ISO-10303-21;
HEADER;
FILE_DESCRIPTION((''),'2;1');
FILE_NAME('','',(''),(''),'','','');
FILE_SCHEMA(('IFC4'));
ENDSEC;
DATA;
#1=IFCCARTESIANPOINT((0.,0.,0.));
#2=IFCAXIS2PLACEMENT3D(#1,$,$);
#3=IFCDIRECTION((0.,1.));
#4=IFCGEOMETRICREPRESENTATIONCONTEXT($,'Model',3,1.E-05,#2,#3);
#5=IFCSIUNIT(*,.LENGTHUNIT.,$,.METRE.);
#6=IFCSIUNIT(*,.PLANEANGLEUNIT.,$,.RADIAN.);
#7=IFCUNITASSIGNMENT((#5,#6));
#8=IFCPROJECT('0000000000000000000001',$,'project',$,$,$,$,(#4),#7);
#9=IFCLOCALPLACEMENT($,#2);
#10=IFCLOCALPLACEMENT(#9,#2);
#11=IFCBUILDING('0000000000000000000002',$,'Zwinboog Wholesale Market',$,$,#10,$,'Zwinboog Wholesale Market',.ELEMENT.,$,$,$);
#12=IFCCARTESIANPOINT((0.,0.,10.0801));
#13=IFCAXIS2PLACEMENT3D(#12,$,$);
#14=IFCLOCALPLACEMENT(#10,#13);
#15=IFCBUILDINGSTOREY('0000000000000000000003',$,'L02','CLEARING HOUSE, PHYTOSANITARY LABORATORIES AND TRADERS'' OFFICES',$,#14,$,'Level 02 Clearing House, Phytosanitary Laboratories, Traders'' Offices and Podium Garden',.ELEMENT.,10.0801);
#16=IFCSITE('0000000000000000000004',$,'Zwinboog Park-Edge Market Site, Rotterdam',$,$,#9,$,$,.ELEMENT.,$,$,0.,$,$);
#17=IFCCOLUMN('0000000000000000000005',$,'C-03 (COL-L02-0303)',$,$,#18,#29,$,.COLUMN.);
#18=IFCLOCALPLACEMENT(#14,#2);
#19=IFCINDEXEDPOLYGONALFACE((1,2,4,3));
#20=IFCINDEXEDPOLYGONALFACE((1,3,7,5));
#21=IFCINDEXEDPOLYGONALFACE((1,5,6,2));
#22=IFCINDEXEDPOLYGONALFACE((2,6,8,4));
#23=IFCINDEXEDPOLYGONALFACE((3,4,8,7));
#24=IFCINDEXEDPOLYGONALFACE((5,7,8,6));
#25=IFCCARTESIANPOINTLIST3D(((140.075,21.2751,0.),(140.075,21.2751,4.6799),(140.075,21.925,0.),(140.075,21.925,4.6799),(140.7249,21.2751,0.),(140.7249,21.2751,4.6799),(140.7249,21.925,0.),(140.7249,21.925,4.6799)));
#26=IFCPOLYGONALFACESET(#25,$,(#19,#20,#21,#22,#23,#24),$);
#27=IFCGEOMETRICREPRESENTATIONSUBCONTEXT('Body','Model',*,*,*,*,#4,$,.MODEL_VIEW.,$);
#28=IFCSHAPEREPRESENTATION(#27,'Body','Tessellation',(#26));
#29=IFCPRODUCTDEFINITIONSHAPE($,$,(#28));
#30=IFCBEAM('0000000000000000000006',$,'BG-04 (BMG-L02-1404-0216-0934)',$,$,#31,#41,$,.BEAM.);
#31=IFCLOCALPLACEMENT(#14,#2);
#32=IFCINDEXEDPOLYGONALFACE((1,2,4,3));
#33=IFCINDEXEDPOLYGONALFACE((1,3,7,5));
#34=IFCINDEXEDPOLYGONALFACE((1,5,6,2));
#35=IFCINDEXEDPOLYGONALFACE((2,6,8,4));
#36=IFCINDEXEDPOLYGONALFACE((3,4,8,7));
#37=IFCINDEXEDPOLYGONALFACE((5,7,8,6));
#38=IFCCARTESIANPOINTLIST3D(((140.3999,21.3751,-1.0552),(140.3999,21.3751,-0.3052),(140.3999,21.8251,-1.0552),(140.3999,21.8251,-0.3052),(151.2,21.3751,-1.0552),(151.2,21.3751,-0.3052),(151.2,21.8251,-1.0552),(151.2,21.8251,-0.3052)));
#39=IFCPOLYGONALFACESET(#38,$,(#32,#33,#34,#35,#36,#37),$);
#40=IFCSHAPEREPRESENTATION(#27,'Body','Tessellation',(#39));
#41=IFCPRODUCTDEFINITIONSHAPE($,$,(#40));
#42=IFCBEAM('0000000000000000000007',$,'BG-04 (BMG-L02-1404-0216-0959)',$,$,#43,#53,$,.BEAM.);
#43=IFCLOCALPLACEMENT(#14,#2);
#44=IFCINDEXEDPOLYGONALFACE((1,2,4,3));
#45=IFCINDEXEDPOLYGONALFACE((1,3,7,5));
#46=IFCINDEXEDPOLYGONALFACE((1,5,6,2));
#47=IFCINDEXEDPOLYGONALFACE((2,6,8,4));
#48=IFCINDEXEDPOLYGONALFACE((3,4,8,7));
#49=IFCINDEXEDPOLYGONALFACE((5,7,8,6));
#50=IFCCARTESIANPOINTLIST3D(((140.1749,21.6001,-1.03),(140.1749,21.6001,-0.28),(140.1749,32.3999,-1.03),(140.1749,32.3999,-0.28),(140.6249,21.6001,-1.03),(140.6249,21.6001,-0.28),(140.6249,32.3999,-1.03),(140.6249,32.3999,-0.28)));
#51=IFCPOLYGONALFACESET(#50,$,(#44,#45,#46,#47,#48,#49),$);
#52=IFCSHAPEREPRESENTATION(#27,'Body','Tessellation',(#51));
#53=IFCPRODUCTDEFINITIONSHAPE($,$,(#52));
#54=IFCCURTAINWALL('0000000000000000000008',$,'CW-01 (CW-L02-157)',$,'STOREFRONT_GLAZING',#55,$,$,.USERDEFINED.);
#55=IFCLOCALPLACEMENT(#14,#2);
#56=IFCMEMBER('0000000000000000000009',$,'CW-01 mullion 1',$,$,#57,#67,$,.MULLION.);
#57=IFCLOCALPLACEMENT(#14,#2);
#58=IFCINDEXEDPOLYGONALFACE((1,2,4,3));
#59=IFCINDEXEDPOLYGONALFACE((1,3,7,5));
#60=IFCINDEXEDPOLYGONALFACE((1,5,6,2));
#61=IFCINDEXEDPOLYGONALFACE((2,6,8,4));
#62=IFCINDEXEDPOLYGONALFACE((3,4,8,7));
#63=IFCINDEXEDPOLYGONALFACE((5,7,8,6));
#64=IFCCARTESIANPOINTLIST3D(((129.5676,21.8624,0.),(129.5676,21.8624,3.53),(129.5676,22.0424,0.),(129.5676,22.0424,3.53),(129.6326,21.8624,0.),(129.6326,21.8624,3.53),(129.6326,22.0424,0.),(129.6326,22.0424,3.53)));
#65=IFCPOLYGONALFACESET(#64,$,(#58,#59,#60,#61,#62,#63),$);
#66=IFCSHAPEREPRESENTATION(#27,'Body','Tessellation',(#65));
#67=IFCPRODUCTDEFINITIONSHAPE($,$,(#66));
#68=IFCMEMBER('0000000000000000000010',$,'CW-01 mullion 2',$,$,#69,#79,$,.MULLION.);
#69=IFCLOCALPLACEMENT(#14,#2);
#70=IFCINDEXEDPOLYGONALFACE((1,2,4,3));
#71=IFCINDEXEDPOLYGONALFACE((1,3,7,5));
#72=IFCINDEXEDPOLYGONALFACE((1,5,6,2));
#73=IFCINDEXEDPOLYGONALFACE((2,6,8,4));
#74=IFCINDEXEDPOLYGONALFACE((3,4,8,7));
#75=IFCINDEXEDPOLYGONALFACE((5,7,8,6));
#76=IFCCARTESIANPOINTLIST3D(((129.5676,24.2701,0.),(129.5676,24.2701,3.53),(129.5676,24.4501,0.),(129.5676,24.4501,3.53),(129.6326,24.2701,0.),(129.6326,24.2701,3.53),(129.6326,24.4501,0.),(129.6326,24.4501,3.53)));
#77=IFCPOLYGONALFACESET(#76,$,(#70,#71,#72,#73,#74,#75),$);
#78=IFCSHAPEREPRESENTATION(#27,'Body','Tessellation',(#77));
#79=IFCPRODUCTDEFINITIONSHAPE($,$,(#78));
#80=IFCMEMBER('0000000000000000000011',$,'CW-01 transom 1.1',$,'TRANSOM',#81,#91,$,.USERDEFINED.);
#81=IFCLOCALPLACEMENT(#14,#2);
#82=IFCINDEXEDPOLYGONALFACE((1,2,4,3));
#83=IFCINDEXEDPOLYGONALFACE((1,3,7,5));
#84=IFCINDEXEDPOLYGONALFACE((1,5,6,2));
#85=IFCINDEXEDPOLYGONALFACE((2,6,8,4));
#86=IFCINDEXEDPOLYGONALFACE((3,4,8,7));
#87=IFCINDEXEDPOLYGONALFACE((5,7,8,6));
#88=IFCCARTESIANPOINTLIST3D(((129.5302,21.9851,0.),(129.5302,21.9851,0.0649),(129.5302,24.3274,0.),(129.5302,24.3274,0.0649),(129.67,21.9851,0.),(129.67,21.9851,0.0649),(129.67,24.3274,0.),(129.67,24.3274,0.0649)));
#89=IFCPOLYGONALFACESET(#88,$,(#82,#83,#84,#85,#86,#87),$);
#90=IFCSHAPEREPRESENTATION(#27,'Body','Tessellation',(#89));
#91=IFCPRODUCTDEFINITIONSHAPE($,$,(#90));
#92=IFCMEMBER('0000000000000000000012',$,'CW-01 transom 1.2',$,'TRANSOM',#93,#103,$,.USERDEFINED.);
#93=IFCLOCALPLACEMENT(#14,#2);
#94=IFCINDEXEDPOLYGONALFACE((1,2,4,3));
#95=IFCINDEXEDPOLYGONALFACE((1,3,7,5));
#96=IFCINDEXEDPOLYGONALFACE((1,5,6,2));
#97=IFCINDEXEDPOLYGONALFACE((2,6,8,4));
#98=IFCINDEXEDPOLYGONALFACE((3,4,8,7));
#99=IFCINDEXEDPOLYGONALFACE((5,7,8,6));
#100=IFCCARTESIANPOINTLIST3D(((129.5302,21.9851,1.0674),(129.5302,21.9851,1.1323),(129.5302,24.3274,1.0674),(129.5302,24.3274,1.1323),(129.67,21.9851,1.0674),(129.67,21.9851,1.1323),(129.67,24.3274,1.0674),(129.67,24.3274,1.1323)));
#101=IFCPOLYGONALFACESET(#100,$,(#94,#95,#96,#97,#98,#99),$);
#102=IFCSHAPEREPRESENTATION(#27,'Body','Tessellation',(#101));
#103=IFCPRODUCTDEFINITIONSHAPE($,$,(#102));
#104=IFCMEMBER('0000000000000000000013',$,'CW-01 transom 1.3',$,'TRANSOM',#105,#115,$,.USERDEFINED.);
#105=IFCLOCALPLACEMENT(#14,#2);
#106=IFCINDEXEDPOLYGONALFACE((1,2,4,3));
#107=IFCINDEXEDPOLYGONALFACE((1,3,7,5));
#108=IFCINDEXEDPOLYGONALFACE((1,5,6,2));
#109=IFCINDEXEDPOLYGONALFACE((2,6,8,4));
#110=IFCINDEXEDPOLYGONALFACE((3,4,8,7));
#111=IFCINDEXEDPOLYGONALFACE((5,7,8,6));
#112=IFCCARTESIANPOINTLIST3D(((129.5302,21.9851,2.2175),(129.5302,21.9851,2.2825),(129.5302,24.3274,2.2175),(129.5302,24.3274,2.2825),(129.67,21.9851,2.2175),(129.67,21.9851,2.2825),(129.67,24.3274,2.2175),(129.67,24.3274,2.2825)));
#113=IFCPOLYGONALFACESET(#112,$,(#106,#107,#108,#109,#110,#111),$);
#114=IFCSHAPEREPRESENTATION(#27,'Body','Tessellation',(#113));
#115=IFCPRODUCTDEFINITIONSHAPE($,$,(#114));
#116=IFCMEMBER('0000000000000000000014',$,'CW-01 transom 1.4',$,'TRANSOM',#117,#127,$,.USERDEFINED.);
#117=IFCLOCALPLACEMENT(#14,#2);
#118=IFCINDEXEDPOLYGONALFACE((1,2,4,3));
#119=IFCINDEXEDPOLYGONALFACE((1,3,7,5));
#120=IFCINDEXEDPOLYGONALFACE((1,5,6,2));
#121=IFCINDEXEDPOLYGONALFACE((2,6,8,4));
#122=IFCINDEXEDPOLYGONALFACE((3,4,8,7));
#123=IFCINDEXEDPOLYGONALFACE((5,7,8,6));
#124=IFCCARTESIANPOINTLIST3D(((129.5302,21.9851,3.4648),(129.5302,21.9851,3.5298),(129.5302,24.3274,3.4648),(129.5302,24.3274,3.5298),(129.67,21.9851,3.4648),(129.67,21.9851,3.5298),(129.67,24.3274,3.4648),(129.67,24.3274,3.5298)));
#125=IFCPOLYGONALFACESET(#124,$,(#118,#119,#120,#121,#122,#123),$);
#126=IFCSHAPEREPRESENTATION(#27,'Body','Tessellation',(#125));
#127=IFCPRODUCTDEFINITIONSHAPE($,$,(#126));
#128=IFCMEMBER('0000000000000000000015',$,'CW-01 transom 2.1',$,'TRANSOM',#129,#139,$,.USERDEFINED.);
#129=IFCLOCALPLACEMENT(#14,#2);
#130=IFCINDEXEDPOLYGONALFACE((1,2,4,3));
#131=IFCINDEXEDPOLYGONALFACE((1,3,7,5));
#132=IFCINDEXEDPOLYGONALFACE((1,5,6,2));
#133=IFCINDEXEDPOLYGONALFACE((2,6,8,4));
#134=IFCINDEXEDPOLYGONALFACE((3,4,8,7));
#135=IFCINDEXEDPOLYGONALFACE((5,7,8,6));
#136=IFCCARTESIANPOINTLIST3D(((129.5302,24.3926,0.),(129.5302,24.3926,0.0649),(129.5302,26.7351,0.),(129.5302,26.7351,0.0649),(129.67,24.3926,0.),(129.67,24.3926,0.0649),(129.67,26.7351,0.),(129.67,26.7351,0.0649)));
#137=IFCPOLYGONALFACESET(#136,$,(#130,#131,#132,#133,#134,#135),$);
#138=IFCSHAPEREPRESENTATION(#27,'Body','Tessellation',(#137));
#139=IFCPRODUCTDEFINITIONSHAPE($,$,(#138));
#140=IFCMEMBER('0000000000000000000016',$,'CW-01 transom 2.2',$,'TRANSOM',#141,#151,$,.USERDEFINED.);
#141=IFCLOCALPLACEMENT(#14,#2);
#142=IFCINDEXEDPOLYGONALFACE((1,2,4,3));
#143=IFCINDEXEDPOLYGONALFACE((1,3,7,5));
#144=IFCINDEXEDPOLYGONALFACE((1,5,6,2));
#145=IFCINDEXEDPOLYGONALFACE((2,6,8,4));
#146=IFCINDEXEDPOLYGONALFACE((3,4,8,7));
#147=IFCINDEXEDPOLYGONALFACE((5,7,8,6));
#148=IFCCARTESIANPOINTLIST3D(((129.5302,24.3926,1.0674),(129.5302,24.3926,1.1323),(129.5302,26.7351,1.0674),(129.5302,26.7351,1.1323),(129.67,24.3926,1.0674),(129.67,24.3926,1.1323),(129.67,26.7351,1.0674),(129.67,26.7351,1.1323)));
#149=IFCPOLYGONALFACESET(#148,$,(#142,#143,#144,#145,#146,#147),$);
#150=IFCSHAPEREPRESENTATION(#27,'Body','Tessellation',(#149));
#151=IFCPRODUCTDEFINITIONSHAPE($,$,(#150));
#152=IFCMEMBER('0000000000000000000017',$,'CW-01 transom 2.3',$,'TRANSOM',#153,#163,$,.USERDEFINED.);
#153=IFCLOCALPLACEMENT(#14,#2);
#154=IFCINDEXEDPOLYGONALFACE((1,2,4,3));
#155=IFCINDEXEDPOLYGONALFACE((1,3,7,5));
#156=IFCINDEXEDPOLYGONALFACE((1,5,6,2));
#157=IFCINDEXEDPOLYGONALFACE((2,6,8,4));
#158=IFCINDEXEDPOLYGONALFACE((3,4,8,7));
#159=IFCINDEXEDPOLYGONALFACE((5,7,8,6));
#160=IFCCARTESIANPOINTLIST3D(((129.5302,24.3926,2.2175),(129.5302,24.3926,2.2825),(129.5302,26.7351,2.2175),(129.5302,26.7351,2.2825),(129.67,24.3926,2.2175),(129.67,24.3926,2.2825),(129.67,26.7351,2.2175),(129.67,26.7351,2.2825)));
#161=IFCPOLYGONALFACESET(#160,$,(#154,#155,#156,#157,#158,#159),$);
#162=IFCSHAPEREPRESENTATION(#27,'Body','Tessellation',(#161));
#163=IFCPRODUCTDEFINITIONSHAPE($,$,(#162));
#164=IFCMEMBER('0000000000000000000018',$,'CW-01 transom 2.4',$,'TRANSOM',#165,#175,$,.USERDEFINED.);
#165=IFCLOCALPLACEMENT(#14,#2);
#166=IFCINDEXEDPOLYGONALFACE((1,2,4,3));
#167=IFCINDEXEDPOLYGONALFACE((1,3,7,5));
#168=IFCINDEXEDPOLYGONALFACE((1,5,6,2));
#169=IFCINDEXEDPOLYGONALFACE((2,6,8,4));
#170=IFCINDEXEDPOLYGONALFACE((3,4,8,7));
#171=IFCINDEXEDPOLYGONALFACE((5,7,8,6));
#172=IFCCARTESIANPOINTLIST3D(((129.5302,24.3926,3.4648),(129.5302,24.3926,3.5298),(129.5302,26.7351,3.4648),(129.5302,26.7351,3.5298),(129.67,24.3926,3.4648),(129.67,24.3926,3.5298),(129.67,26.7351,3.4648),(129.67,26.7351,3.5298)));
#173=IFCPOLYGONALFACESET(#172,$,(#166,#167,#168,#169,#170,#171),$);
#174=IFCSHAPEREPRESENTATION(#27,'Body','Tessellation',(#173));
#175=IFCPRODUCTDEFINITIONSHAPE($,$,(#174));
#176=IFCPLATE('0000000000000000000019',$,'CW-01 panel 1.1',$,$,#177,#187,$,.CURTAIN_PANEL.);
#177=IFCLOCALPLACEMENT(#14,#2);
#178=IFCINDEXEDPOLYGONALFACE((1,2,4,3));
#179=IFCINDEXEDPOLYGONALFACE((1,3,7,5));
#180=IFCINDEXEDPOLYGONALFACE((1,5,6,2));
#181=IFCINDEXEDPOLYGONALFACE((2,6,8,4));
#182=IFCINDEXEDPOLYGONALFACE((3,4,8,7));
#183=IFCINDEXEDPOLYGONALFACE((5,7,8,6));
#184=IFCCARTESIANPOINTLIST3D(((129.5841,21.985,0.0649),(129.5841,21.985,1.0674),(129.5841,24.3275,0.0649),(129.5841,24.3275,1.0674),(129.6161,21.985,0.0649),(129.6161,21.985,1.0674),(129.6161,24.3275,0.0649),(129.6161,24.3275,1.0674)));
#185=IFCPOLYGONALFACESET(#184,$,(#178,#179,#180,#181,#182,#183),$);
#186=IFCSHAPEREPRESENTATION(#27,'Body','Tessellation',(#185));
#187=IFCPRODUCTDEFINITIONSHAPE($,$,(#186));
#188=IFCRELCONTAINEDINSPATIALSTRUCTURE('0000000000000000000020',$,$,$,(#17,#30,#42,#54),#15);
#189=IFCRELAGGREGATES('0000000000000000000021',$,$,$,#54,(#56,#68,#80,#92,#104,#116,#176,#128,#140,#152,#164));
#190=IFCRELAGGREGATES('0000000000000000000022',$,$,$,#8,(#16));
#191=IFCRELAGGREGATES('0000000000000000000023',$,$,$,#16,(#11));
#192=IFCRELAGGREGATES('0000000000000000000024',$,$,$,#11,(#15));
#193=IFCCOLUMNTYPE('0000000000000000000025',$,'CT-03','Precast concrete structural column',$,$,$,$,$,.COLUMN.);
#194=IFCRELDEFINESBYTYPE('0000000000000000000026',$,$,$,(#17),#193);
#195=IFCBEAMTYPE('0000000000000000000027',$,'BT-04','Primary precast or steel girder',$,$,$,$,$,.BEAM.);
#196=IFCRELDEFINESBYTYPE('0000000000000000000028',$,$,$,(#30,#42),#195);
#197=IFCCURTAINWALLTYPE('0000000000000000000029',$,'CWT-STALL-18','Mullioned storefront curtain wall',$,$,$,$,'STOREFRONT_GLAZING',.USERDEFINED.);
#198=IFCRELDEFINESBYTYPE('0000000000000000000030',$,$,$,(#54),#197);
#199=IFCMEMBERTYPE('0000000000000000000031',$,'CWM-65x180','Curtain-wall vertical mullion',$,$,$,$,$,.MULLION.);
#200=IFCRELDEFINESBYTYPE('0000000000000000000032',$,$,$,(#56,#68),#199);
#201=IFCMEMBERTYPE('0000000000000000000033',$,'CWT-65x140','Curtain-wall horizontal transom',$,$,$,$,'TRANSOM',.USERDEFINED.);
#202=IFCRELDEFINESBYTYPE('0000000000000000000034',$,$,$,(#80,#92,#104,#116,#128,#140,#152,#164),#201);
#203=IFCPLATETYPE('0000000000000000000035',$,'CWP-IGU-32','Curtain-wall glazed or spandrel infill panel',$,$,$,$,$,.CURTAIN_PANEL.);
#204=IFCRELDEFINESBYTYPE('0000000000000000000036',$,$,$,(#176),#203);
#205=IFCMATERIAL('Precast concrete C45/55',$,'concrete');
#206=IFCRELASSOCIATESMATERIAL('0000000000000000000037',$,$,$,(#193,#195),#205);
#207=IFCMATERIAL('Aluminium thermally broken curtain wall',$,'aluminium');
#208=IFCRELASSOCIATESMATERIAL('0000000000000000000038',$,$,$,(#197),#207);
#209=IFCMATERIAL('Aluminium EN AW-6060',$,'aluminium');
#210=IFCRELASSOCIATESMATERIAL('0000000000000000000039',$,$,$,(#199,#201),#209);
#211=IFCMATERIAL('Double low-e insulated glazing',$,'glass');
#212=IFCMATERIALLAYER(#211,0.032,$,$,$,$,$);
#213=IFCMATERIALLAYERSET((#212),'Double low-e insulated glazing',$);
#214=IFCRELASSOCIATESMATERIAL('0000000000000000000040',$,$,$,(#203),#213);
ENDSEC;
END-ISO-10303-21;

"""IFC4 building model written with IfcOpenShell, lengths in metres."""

from ifc_helpers import new_model, si_unit, direction, frame, origin, origin_2d, place, context, subcontext, project, spatial, rectangle, extrude, material, layer, layer_set, material_profile, profile_set, type_object, element, aggregate, save


model = new_model("IFC4")

# Units and contexts
model_context = context("Model", 3, precision=1e-05, world=origin(), true_north=direction((0.0, 1.0)))
body_context = subcontext(model_context, "Body", "Model", "MODEL_VIEW")
ifc_project = project(units=[si_unit("LENGTHUNIT", "METRE"), si_unit("PLANEANGLEUNIT", "RADIAN")], contexts=[model_context])

# Site, building, storey
site_placement = place(None, origin())
site = spatial("IfcSite", under=ifc_project, at=site_placement, Name="Zwinboog Park-Edge Market Site, Rotterdam", CompositionType="ELEMENT", RefElevation=0.0)
building_placement = place(site_placement, origin())
building = spatial("IfcBuilding", under=site, at=building_placement, Name="Zwinboog Wholesale Market", LongName="Zwinboog Wholesale Market", CompositionType="ELEMENT")
storey_placement = place(building_placement, frame((0.0, 0.0, 10.0801)))
storey = spatial("IfcBuildingStorey", under=building, at=storey_placement, Name="L02", Description="CLEARING HOUSE, PHYTOSANITARY LABORATORIES AND TRADERS' OFFICES", LongName="Level 02 Clearing House, Phytosanitary Laboratories, Traders' Offices and Podium Garden", CompositionType="ELEMENT", Elevation=10.0801)

# Column
ifc_material_1 = material(Name="Precast concrete C45/55", Category="concrete")
ifc_material_profile_1 = material_profile(ifc_material_1, rectangle(XDim=0.6499, YDim=0.6499, at=origin_2d()), Name="PC 650x650")
ifc_profile_set_1 = profile_set([ifc_material_profile_1], Name="Precast concrete C45/55")
column_type = type_object("IfcColumnType", Name="CT-03", Description="Precast concrete structural column", PredefinedType="COLUMN", material=ifc_profile_set_1)
column_placement = place(storey_placement, frame((140.3999, 21.6001, 0.0), z_axis=(0.0, 0.0, 1.0), x_axis=(1.0, 0.0, 0.0)))
element("IfcColumn", 1, at=column_placement, inside=storey, type_object=column_type, Name="C-03 (COL-L02-0303)", PredefinedType="COLUMN", context=body_context, shape_type="SweptSolid", body=[
    extrude(rectangle(XDim=0.6499, YDim=0.6499, at=origin_2d()), origin(), (0.0, 0.0, 1.0), 4.6799),
])

# Beams
ifc_material_profile_2 = material_profile(ifc_material_1, rectangle(XDim=0.45, YDim=0.75, at=origin_2d()), Name="PC 450x750")
ifc_profile_set_2 = profile_set([ifc_material_profile_2], Name="Precast concrete C45/55")
beam_type = type_object("IfcBeamType", Name="BT-04", Description="Primary precast or steel girder", PredefinedType="BEAM", material=ifc_profile_set_2)
beam_1_placement = place(storey_placement, frame((140.3999, 21.6001, -0.6802), z_axis=(1.0, 0.0, 0.0), x_axis=(0.0, 1.0, 0.0)))
element("IfcBeam", 2, at=beam_1_placement, inside=storey, type_object=beam_type, Name="BG-04 (BMG-L02-1404-0216-0934)", PredefinedType="BEAM", context=body_context, shape_type="SweptSolid", body=[
    extrude(rectangle(XDim=0.45, YDim=0.75, at=origin_2d()), origin(), (0.0, 0.0, 1.0), 10.8),
])
beam_2_placement = place(storey_placement, frame((140.3999, 21.6001, -0.655), z_axis=(0.0, 1.0, 0.0), x_axis=(-1.0, 0.0, 0.0)))
element("IfcBeam", 3, at=beam_2_placement, inside=storey, type_object=beam_type, Name="BG-04 (BMG-L02-1404-0216-0959)", PredefinedType="BEAM", context=body_context, shape_type="SweptSolid", body=[
    extrude(rectangle(XDim=0.45, YDim=0.75, at=origin_2d()), origin(), (0.0, 0.0, 1.0), 10.7998),
])

# Curtain wall, members, plate
ifc_material_2 = material(Name="Aluminium thermally broken curtain wall", Category="aluminium")
curtain_wall_type = type_object("IfcCurtainWallType", Name="CWT-STALL-18", Description="Mullioned storefront curtain wall", ElementType="STOREFRONT_GLAZING", PredefinedType="USERDEFINED", material=ifc_material_2)
curtain_wall_placement = place(storey_placement, origin())
curtain_wall = element("IfcCurtainWall", 4, at=curtain_wall_placement, inside=storey, type_object=curtain_wall_type, Name="CW-01 (CW-L02-157)", ObjectType="STOREFRONT_GLAZING", PredefinedType="USERDEFINED")
ifc_material_3 = material(Name="Aluminium EN AW-6060", Category="aluminium")
ifc_material_profile_3 = material_profile(ifc_material_3, rectangle(XDim=0.0649, YDim=0.1799, at=origin_2d()), Name="AL 65x180")
ifc_profile_set_3 = profile_set([ifc_material_profile_3], Name="Aluminium EN AW-6060")
member_type_1 = type_object("IfcMemberType", Name="CWM-65x180", Description="Curtain-wall vertical mullion", PredefinedType="MULLION", material=ifc_profile_set_3)
member_1_placement = place(storey_placement, frame((129.6001, 21.9524, 0.0), z_axis=(0.0, 0.0, 1.0), x_axis=(-1.0, 0.0, 0.0)))
member_1 = element("IfcMember", 5, at=member_1_placement, type_object=member_type_1, Name="CW-01 mullion 1", PredefinedType="MULLION", context=body_context, shape_type="SweptSolid", body=[
    extrude(rectangle(XDim=0.0649, YDim=0.1799, at=origin_2d()), origin(), (0.0, 0.0, 1.0), 3.53),
])
member_2_placement = place(storey_placement, frame((129.6001, 24.3601, 0.0), z_axis=(0.0, 0.0, 1.0), x_axis=(-1.0, 0.0, 0.0)))
member_2 = element("IfcMember", 6, at=member_2_placement, type_object=member_type_1, Name="CW-01 mullion 2", PredefinedType="MULLION", context=body_context, shape_type="SweptSolid", body=[
    extrude(rectangle(XDim=0.0649, YDim=0.1799, at=origin_2d()), origin(), (0.0, 0.0, 1.0), 3.53),
])
ifc_material_profile_4 = material_profile(ifc_material_3, rectangle(XDim=0.1399, YDim=0.0649, at=origin_2d()), Name="AL 65x140")
ifc_profile_set_4 = profile_set([ifc_material_profile_4], Name="Aluminium EN AW-6060")
member_type_2 = type_object("IfcMemberType", Name="CWT-65x140", Description="Curtain-wall horizontal transom", ElementType="TRANSOM", PredefinedType="USERDEFINED", material=ifc_profile_set_4)
member_3_placement = place(storey_placement, frame((129.6001, 21.9851, 0.0325), z_axis=(0.0, 1.0, 0.0), x_axis=(-1.0, 0.0, 0.0)))
member_3 = element("IfcMember", 7, at=member_3_placement, type_object=member_type_2, Name="CW-01 transom 1.1", ObjectType="TRANSOM", PredefinedType="USERDEFINED", context=body_context, shape_type="SweptSolid", body=[
    extrude(rectangle(XDim=0.1399, YDim=0.0649, at=origin_2d()), origin(), (0.0, 0.0, 1.0), 2.3423),
])
member_4_placement = place(storey_placement, frame((129.6001, 21.9851, 1.0999), z_axis=(0.0, 1.0, 0.0), x_axis=(-1.0, 0.0, 0.0)))
member_4 = element("IfcMember", 8, at=member_4_placement, type_object=member_type_2, Name="CW-01 transom 1.2", ObjectType="TRANSOM", PredefinedType="USERDEFINED", context=body_context, shape_type="SweptSolid", body=[
    extrude(rectangle(XDim=0.1399, YDim=0.0649, at=origin_2d()), origin(), (0.0, 0.0, 1.0), 2.3423),
])
member_5_placement = place(storey_placement, frame((129.6001, 21.9851, 2.25), z_axis=(0.0, 1.0, 0.0), x_axis=(-1.0, 0.0, 0.0)))
member_5 = element("IfcMember", 9, at=member_5_placement, type_object=member_type_2, Name="CW-01 transom 1.3", ObjectType="TRANSOM", PredefinedType="USERDEFINED", context=body_context, shape_type="SweptSolid", body=[
    extrude(rectangle(XDim=0.1399, YDim=0.0649, at=origin_2d()), origin(), (0.0, 0.0, 1.0), 2.3423),
])
member_6_placement = place(storey_placement, frame((129.6001, 21.9851, 3.4973), z_axis=(0.0, 1.0, 0.0), x_axis=(-1.0, 0.0, 0.0)))
member_6 = element("IfcMember", 10, at=member_6_placement, type_object=member_type_2, Name="CW-01 transom 1.4", ObjectType="TRANSOM", PredefinedType="USERDEFINED", context=body_context, shape_type="SweptSolid", body=[
    extrude(rectangle(XDim=0.1399, YDim=0.0649, at=origin_2d()), origin(), (0.0, 0.0, 1.0), 2.3423),
])
member_7_placement = place(storey_placement, frame((129.6001, 24.3926, 0.0325), z_axis=(0.0, 1.0, 0.0), x_axis=(-1.0, 0.0, 0.0)))
member_7 = element("IfcMember", 11, at=member_7_placement, type_object=member_type_2, Name="CW-01 transom 2.1", ObjectType="TRANSOM", PredefinedType="USERDEFINED", context=body_context, shape_type="SweptSolid", body=[
    extrude(rectangle(XDim=0.1399, YDim=0.0649, at=origin_2d()), origin(), (0.0, 0.0, 1.0), 2.3425),
])
member_8_placement = place(storey_placement, frame((129.6001, 24.3926, 1.0999), z_axis=(0.0, 1.0, 0.0), x_axis=(-1.0, 0.0, 0.0)))
member_8 = element("IfcMember", 12, at=member_8_placement, type_object=member_type_2, Name="CW-01 transom 2.2", ObjectType="TRANSOM", PredefinedType="USERDEFINED", context=body_context, shape_type="SweptSolid", body=[
    extrude(rectangle(XDim=0.1399, YDim=0.0649, at=origin_2d()), origin(), (0.0, 0.0, 1.0), 2.3425),
])
member_9_placement = place(storey_placement, frame((129.6001, 24.3926, 2.25), z_axis=(0.0, 1.0, 0.0), x_axis=(-1.0, 0.0, 0.0)))
member_9 = element("IfcMember", 13, at=member_9_placement, type_object=member_type_2, Name="CW-01 transom 2.3", ObjectType="TRANSOM", PredefinedType="USERDEFINED", context=body_context, shape_type="SweptSolid", body=[
    extrude(rectangle(XDim=0.1399, YDim=0.0649, at=origin_2d()), origin(), (0.0, 0.0, 1.0), 2.3425),
])
member_10_placement = place(storey_placement, frame((129.6001, 24.3926, 3.4973), z_axis=(0.0, 1.0, 0.0), x_axis=(-1.0, 0.0, 0.0)))
member_10 = element("IfcMember", 14, at=member_10_placement, type_object=member_type_2, Name="CW-01 transom 2.4", ObjectType="TRANSOM", PredefinedType="USERDEFINED", context=body_context, shape_type="SweptSolid", body=[
    extrude(rectangle(XDim=0.1399, YDim=0.0649, at=origin_2d()), origin(), (0.0, 0.0, 1.0), 2.3425),
])
ifc_material_4 = material(Name="Double low-e insulated glazing", Category="glass")
ifc_layer_1 = layer(ifc_material_4, 0.032)
ifc_layer_set_1 = layer_set([ifc_layer_1], Name="Double low-e insulated glazing")
plate_type = type_object("IfcPlateType", Name="CWP-IGU-32", Description="Curtain-wall glazed or spandrel infill panel", PredefinedType="CURTAIN_PANEL", material=ifc_layer_set_1)
plate_1_placement = place(storey_placement, frame((129.6001, 23.1562, 0.0649), z_axis=(0.0, 0.0, 1.0), x_axis=(0.0, 1.0, 0.0)))
plate_1 = element("IfcPlate", 15, at=plate_1_placement, type_object=plate_type, Name="CW-01 panel 1.1", PredefinedType="CURTAIN_PANEL", context=body_context, shape_type="SweptSolid", body=[
    extrude(rectangle(XDim=2.3425, YDim=0.032, at=origin_2d()), origin(), (0.0, 0.0, 1.0), 1.0024),
])
aggregate(curtain_wall, [member_1, member_2, member_3, member_4, member_5, member_6, plate_1, member_7, member_8, member_9, member_10])

save(model, "model.ifc")
